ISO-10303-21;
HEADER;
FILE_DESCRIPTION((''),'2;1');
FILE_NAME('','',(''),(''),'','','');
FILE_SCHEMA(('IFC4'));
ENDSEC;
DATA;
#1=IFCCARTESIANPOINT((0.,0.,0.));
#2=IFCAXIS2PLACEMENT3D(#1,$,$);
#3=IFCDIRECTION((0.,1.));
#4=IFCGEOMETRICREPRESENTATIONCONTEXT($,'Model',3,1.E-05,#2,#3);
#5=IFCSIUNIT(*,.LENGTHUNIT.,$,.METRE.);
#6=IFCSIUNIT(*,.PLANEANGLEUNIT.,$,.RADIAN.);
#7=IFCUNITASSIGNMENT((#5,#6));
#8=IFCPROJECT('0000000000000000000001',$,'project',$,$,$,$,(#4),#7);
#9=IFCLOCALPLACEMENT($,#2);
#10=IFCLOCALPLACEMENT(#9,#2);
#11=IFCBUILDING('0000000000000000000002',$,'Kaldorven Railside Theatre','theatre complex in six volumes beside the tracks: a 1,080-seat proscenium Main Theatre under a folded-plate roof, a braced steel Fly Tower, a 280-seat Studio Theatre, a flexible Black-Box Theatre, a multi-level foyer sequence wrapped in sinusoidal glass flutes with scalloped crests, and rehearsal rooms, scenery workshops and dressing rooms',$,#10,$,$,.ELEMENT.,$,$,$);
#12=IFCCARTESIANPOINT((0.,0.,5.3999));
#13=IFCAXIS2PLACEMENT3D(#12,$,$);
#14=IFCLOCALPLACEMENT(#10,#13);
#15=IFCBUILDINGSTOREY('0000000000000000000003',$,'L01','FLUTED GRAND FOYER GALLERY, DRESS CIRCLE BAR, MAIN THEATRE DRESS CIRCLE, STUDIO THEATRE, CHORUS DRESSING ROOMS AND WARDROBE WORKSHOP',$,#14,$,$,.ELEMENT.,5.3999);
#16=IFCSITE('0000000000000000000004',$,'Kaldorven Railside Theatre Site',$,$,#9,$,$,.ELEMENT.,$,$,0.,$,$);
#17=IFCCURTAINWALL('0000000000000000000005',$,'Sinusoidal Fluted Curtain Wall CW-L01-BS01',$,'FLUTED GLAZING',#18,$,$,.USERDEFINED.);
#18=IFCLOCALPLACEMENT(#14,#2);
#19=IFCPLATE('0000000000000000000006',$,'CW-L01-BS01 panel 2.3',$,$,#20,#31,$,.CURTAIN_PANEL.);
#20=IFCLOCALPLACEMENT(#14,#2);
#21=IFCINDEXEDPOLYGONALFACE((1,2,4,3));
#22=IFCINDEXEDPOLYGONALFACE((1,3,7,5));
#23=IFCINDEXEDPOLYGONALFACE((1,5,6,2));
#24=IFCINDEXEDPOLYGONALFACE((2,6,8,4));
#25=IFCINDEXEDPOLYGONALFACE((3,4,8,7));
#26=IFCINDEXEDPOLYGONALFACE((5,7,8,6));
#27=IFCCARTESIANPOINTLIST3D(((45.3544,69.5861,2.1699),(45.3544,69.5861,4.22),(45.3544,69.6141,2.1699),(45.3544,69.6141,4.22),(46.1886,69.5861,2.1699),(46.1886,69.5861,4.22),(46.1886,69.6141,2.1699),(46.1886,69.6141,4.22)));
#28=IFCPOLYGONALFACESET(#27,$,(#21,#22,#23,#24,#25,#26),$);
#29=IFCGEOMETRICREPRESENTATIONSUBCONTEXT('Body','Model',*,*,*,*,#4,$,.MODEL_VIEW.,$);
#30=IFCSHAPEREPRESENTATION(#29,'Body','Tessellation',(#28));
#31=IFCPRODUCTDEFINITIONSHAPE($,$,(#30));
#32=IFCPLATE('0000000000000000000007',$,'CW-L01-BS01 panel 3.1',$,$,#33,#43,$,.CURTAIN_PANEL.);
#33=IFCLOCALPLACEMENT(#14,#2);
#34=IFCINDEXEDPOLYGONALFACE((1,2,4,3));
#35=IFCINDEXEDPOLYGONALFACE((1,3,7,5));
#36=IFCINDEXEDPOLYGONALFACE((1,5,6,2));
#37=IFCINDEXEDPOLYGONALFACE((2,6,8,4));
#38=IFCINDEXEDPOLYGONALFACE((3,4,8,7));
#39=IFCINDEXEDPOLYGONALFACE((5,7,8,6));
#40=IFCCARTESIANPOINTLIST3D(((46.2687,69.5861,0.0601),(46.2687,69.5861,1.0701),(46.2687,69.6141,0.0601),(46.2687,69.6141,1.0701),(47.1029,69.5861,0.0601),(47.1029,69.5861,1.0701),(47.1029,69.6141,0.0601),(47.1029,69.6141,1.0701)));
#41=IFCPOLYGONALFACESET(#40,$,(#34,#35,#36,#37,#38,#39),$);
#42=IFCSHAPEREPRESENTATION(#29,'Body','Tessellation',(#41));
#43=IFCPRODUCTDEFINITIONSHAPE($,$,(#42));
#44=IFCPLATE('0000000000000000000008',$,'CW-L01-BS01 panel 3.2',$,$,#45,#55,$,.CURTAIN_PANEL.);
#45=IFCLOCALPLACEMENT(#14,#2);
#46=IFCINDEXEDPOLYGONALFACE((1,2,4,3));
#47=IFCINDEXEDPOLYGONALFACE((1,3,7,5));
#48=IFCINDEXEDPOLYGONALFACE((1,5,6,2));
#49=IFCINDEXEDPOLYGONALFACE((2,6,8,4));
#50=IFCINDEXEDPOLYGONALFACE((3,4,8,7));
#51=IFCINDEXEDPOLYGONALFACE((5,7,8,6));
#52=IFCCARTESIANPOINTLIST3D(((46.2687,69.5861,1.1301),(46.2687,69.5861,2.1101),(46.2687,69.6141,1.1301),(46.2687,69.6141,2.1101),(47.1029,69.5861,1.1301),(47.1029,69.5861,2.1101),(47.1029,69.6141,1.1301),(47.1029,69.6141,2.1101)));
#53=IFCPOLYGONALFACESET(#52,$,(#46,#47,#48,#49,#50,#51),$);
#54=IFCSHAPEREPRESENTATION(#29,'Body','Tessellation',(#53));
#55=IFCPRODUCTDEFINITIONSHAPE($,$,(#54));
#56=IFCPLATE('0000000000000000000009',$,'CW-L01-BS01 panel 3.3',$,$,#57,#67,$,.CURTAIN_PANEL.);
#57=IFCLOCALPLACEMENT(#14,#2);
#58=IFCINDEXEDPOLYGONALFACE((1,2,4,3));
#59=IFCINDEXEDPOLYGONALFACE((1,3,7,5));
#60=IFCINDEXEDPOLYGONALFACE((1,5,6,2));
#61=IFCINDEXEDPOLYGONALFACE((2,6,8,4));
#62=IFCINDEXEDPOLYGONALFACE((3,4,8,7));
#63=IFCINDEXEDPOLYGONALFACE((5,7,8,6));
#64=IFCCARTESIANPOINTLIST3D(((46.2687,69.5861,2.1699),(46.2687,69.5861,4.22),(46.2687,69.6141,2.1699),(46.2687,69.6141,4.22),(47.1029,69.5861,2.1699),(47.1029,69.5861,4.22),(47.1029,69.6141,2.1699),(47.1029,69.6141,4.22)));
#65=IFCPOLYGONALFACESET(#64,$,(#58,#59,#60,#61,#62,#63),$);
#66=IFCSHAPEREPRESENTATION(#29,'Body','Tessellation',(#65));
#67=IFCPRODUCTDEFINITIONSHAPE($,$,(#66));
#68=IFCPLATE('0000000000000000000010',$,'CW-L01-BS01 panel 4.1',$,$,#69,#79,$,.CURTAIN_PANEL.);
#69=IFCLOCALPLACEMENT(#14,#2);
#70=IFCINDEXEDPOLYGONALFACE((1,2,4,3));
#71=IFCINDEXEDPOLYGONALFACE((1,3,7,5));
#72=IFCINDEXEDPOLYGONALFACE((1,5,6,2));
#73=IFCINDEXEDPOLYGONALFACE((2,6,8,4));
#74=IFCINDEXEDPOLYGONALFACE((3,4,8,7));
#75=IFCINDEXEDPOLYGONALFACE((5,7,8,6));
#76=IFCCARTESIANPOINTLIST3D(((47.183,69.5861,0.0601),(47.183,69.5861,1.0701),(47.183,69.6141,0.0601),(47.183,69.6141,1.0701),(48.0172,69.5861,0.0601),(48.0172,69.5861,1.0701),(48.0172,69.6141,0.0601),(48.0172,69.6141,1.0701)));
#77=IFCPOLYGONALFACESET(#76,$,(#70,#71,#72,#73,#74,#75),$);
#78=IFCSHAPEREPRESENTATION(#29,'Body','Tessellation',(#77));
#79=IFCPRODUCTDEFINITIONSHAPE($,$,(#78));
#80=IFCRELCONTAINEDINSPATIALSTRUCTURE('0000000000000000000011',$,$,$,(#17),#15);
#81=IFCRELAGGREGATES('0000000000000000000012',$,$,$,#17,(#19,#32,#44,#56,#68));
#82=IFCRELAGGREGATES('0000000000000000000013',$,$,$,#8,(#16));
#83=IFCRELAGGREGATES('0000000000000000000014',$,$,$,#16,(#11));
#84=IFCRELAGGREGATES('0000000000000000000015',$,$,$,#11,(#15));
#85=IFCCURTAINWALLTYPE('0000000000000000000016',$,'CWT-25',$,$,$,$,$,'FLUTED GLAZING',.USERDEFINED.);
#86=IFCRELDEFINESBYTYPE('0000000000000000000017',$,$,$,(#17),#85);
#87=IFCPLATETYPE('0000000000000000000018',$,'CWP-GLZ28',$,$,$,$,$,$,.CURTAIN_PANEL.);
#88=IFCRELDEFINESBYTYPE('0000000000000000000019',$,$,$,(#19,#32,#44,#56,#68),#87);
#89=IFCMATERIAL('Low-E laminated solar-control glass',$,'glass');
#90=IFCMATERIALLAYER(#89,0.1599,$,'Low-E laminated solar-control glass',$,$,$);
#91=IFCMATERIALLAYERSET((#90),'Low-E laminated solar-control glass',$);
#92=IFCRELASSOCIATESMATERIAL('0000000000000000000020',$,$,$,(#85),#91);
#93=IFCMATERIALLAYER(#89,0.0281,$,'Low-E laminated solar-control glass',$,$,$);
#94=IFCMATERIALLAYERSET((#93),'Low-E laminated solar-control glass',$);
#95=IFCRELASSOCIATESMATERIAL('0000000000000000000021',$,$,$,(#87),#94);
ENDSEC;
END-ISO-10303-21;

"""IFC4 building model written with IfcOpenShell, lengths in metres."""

from ifc_helpers import new_model, si_unit, direction, frame, origin, origin_2d, place, context, subcontext, project, spatial, rectangle, extrude, material, layer, layer_set, type_object, element, aggregate, save


model = new_model("IFC4")

# Units and contexts
model_context = context("Model", 3, precision=1e-05, world=origin(), true_north=direction((0.0, 1.0)))
body_context = subcontext(model_context, "Body", "Model", "MODEL_VIEW")
ifc_project = project(units=[si_unit("LENGTHUNIT", "METRE"), si_unit("PLANEANGLEUNIT", "RADIAN")], contexts=[model_context])

# Site, building, storey
site_placement = place(None, origin())
site = spatial("IfcSite", under=ifc_project, at=site_placement, Name="Kaldorven Railside Theatre Site", CompositionType="ELEMENT", RefElevation=0.0)
building_placement = place(site_placement, origin())
building = spatial("IfcBuilding", under=site, at=building_placement, Name="Kaldorven Railside Theatre", Description="theatre complex in six volumes beside the tracks: a 1,080-seat proscenium Main Theatre under a folded-plate roof, a braced steel Fly Tower, a 280-seat Studio Theatre, a flexible Black-Box Theatre, a multi-level foyer sequence wrapped in sinusoidal glass flutes with scalloped crests, and rehearsal rooms, scenery workshops and dressing rooms", CompositionType="ELEMENT")
storey_placement = place(building_placement, frame((0.0, 0.0, 5.3999)))
storey = spatial("IfcBuildingStorey", under=building, at=storey_placement, Name="L01", Description="FLUTED GRAND FOYER GALLERY, DRESS CIRCLE BAR, MAIN THEATRE DRESS CIRCLE, STUDIO THEATRE, CHORUS DRESSING ROOMS AND WARDROBE WORKSHOP", CompositionType="ELEMENT", Elevation=5.3999)

# Curtain wall, plates
ifc_material_1 = material(Name="Low-E laminated solar-control glass", Category="glass")
ifc_layer_1 = layer(ifc_material_1, 0.1599, Name="Low-E laminated solar-control glass")
ifc_layer_set_1 = layer_set([ifc_layer_1], Name="Low-E laminated solar-control glass")
curtain_wall_type = type_object("IfcCurtainWallType", Name="CWT-25", ElementType="FLUTED GLAZING", PredefinedType="USERDEFINED", material=ifc_layer_set_1)
curtain_wall_placement = place(storey_placement, origin())
curtain_wall = element("IfcCurtainWall", 1, at=curtain_wall_placement, inside=storey, type_object=curtain_wall_type, Name="Sinusoidal Fluted Curtain Wall CW-L01-BS01", ObjectType="FLUTED GLAZING", PredefinedType="USERDEFINED")
ifc_layer_2 = layer(ifc_material_1, 0.0281, Name="Low-E laminated solar-control glass")
ifc_layer_set_2 = layer_set([ifc_layer_2], Name="Low-E laminated solar-control glass")
plate_type = type_object("IfcPlateType", Name="CWP-GLZ28", PredefinedType="CURTAIN_PANEL", material=ifc_layer_set_2)
plate_1_placement = place(storey_placement, frame((45.7715, 69.6001, 2.1699), z_axis=(0.0, 0.0, 1.0), x_axis=(1.0, 0.0, 0.0)))
plate_1 = element("IfcPlate", 2, at=plate_1_placement, type_object=plate_type, Name="CW-L01-BS01 panel 2.3", PredefinedType="CURTAIN_PANEL", context=body_context, shape_type="SweptSolid", body=[
    extrude(rectangle(XDim=0.8342, YDim=0.0281, at=origin_2d()), origin(), (0.0, 0.0, 1.0), 2.05),
])
plate_2_placement = place(storey_placement, frame((46.6858, 69.6001, 0.0601), z_axis=(0.0, 0.0, 1.0), x_axis=(1.0, 0.0, 0.0)))
plate_2 = element("IfcPlate", 3, at=plate_2_placement, type_object=plate_type, Name="CW-L01-BS01 panel 3.1", PredefinedType="CURTAIN_PANEL", context=body_context, shape_type="SweptSolid", body=[
    extrude(rectangle(XDim=0.8342, YDim=0.0281, at=origin_2d()), origin(), (0.0, 0.0, 1.0), 1.01),
])
plate_3_placement = place(storey_placement, frame((46.6858, 69.6001, 1.1301), z_axis=(0.0, 0.0, 1.0), x_axis=(1.0, 0.0, 0.0)))
plate_3 = element("IfcPlate", 4, at=plate_3_placement, type_object=plate_type, Name="CW-L01-BS01 panel 3.2", PredefinedType="CURTAIN_PANEL", context=body_context, shape_type="SweptSolid", body=[
    extrude(rectangle(XDim=0.8342, YDim=0.0281, at=origin_2d()), origin(), (0.0, 0.0, 1.0), 0.98),
])
plate_4_placement = place(storey_placement, frame((46.6858, 69.6001, 2.1699), z_axis=(0.0, 0.0, 1.0), x_axis=(1.0, 0.0, 0.0)))
plate_4 = element("IfcPlate", 5, at=plate_4_placement, type_object=plate_type, Name="CW-L01-BS01 panel 3.3", PredefinedType="CURTAIN_PANEL", context=body_context, shape_type="SweptSolid", body=[
    extrude(rectangle(XDim=0.8342, YDim=0.0281, at=origin_2d()), origin(), (0.0, 0.0, 1.0), 2.05),
])
plate_5_placement = place(storey_placement, frame((47.6001, 69.6001, 0.0601), z_axis=(0.0, 0.0, 1.0), x_axis=(1.0, 0.0, 0.0)))
plate_5 = element("IfcPlate", 6, at=plate_5_placement, type_object=plate_type, Name="CW-L01-BS01 panel 4.1", PredefinedType="CURTAIN_PANEL", context=body_context, shape_type="SweptSolid", body=[
    extrude(rectangle(XDim=0.8342, YDim=0.0281, at=origin_2d()), origin(), (0.0, 0.0, 1.0), 1.01),
])
aggregate(curtain_wall, [plate_1, plate_2, plate_3, plate_4, plate_5])

save(model, "model.ifc")
